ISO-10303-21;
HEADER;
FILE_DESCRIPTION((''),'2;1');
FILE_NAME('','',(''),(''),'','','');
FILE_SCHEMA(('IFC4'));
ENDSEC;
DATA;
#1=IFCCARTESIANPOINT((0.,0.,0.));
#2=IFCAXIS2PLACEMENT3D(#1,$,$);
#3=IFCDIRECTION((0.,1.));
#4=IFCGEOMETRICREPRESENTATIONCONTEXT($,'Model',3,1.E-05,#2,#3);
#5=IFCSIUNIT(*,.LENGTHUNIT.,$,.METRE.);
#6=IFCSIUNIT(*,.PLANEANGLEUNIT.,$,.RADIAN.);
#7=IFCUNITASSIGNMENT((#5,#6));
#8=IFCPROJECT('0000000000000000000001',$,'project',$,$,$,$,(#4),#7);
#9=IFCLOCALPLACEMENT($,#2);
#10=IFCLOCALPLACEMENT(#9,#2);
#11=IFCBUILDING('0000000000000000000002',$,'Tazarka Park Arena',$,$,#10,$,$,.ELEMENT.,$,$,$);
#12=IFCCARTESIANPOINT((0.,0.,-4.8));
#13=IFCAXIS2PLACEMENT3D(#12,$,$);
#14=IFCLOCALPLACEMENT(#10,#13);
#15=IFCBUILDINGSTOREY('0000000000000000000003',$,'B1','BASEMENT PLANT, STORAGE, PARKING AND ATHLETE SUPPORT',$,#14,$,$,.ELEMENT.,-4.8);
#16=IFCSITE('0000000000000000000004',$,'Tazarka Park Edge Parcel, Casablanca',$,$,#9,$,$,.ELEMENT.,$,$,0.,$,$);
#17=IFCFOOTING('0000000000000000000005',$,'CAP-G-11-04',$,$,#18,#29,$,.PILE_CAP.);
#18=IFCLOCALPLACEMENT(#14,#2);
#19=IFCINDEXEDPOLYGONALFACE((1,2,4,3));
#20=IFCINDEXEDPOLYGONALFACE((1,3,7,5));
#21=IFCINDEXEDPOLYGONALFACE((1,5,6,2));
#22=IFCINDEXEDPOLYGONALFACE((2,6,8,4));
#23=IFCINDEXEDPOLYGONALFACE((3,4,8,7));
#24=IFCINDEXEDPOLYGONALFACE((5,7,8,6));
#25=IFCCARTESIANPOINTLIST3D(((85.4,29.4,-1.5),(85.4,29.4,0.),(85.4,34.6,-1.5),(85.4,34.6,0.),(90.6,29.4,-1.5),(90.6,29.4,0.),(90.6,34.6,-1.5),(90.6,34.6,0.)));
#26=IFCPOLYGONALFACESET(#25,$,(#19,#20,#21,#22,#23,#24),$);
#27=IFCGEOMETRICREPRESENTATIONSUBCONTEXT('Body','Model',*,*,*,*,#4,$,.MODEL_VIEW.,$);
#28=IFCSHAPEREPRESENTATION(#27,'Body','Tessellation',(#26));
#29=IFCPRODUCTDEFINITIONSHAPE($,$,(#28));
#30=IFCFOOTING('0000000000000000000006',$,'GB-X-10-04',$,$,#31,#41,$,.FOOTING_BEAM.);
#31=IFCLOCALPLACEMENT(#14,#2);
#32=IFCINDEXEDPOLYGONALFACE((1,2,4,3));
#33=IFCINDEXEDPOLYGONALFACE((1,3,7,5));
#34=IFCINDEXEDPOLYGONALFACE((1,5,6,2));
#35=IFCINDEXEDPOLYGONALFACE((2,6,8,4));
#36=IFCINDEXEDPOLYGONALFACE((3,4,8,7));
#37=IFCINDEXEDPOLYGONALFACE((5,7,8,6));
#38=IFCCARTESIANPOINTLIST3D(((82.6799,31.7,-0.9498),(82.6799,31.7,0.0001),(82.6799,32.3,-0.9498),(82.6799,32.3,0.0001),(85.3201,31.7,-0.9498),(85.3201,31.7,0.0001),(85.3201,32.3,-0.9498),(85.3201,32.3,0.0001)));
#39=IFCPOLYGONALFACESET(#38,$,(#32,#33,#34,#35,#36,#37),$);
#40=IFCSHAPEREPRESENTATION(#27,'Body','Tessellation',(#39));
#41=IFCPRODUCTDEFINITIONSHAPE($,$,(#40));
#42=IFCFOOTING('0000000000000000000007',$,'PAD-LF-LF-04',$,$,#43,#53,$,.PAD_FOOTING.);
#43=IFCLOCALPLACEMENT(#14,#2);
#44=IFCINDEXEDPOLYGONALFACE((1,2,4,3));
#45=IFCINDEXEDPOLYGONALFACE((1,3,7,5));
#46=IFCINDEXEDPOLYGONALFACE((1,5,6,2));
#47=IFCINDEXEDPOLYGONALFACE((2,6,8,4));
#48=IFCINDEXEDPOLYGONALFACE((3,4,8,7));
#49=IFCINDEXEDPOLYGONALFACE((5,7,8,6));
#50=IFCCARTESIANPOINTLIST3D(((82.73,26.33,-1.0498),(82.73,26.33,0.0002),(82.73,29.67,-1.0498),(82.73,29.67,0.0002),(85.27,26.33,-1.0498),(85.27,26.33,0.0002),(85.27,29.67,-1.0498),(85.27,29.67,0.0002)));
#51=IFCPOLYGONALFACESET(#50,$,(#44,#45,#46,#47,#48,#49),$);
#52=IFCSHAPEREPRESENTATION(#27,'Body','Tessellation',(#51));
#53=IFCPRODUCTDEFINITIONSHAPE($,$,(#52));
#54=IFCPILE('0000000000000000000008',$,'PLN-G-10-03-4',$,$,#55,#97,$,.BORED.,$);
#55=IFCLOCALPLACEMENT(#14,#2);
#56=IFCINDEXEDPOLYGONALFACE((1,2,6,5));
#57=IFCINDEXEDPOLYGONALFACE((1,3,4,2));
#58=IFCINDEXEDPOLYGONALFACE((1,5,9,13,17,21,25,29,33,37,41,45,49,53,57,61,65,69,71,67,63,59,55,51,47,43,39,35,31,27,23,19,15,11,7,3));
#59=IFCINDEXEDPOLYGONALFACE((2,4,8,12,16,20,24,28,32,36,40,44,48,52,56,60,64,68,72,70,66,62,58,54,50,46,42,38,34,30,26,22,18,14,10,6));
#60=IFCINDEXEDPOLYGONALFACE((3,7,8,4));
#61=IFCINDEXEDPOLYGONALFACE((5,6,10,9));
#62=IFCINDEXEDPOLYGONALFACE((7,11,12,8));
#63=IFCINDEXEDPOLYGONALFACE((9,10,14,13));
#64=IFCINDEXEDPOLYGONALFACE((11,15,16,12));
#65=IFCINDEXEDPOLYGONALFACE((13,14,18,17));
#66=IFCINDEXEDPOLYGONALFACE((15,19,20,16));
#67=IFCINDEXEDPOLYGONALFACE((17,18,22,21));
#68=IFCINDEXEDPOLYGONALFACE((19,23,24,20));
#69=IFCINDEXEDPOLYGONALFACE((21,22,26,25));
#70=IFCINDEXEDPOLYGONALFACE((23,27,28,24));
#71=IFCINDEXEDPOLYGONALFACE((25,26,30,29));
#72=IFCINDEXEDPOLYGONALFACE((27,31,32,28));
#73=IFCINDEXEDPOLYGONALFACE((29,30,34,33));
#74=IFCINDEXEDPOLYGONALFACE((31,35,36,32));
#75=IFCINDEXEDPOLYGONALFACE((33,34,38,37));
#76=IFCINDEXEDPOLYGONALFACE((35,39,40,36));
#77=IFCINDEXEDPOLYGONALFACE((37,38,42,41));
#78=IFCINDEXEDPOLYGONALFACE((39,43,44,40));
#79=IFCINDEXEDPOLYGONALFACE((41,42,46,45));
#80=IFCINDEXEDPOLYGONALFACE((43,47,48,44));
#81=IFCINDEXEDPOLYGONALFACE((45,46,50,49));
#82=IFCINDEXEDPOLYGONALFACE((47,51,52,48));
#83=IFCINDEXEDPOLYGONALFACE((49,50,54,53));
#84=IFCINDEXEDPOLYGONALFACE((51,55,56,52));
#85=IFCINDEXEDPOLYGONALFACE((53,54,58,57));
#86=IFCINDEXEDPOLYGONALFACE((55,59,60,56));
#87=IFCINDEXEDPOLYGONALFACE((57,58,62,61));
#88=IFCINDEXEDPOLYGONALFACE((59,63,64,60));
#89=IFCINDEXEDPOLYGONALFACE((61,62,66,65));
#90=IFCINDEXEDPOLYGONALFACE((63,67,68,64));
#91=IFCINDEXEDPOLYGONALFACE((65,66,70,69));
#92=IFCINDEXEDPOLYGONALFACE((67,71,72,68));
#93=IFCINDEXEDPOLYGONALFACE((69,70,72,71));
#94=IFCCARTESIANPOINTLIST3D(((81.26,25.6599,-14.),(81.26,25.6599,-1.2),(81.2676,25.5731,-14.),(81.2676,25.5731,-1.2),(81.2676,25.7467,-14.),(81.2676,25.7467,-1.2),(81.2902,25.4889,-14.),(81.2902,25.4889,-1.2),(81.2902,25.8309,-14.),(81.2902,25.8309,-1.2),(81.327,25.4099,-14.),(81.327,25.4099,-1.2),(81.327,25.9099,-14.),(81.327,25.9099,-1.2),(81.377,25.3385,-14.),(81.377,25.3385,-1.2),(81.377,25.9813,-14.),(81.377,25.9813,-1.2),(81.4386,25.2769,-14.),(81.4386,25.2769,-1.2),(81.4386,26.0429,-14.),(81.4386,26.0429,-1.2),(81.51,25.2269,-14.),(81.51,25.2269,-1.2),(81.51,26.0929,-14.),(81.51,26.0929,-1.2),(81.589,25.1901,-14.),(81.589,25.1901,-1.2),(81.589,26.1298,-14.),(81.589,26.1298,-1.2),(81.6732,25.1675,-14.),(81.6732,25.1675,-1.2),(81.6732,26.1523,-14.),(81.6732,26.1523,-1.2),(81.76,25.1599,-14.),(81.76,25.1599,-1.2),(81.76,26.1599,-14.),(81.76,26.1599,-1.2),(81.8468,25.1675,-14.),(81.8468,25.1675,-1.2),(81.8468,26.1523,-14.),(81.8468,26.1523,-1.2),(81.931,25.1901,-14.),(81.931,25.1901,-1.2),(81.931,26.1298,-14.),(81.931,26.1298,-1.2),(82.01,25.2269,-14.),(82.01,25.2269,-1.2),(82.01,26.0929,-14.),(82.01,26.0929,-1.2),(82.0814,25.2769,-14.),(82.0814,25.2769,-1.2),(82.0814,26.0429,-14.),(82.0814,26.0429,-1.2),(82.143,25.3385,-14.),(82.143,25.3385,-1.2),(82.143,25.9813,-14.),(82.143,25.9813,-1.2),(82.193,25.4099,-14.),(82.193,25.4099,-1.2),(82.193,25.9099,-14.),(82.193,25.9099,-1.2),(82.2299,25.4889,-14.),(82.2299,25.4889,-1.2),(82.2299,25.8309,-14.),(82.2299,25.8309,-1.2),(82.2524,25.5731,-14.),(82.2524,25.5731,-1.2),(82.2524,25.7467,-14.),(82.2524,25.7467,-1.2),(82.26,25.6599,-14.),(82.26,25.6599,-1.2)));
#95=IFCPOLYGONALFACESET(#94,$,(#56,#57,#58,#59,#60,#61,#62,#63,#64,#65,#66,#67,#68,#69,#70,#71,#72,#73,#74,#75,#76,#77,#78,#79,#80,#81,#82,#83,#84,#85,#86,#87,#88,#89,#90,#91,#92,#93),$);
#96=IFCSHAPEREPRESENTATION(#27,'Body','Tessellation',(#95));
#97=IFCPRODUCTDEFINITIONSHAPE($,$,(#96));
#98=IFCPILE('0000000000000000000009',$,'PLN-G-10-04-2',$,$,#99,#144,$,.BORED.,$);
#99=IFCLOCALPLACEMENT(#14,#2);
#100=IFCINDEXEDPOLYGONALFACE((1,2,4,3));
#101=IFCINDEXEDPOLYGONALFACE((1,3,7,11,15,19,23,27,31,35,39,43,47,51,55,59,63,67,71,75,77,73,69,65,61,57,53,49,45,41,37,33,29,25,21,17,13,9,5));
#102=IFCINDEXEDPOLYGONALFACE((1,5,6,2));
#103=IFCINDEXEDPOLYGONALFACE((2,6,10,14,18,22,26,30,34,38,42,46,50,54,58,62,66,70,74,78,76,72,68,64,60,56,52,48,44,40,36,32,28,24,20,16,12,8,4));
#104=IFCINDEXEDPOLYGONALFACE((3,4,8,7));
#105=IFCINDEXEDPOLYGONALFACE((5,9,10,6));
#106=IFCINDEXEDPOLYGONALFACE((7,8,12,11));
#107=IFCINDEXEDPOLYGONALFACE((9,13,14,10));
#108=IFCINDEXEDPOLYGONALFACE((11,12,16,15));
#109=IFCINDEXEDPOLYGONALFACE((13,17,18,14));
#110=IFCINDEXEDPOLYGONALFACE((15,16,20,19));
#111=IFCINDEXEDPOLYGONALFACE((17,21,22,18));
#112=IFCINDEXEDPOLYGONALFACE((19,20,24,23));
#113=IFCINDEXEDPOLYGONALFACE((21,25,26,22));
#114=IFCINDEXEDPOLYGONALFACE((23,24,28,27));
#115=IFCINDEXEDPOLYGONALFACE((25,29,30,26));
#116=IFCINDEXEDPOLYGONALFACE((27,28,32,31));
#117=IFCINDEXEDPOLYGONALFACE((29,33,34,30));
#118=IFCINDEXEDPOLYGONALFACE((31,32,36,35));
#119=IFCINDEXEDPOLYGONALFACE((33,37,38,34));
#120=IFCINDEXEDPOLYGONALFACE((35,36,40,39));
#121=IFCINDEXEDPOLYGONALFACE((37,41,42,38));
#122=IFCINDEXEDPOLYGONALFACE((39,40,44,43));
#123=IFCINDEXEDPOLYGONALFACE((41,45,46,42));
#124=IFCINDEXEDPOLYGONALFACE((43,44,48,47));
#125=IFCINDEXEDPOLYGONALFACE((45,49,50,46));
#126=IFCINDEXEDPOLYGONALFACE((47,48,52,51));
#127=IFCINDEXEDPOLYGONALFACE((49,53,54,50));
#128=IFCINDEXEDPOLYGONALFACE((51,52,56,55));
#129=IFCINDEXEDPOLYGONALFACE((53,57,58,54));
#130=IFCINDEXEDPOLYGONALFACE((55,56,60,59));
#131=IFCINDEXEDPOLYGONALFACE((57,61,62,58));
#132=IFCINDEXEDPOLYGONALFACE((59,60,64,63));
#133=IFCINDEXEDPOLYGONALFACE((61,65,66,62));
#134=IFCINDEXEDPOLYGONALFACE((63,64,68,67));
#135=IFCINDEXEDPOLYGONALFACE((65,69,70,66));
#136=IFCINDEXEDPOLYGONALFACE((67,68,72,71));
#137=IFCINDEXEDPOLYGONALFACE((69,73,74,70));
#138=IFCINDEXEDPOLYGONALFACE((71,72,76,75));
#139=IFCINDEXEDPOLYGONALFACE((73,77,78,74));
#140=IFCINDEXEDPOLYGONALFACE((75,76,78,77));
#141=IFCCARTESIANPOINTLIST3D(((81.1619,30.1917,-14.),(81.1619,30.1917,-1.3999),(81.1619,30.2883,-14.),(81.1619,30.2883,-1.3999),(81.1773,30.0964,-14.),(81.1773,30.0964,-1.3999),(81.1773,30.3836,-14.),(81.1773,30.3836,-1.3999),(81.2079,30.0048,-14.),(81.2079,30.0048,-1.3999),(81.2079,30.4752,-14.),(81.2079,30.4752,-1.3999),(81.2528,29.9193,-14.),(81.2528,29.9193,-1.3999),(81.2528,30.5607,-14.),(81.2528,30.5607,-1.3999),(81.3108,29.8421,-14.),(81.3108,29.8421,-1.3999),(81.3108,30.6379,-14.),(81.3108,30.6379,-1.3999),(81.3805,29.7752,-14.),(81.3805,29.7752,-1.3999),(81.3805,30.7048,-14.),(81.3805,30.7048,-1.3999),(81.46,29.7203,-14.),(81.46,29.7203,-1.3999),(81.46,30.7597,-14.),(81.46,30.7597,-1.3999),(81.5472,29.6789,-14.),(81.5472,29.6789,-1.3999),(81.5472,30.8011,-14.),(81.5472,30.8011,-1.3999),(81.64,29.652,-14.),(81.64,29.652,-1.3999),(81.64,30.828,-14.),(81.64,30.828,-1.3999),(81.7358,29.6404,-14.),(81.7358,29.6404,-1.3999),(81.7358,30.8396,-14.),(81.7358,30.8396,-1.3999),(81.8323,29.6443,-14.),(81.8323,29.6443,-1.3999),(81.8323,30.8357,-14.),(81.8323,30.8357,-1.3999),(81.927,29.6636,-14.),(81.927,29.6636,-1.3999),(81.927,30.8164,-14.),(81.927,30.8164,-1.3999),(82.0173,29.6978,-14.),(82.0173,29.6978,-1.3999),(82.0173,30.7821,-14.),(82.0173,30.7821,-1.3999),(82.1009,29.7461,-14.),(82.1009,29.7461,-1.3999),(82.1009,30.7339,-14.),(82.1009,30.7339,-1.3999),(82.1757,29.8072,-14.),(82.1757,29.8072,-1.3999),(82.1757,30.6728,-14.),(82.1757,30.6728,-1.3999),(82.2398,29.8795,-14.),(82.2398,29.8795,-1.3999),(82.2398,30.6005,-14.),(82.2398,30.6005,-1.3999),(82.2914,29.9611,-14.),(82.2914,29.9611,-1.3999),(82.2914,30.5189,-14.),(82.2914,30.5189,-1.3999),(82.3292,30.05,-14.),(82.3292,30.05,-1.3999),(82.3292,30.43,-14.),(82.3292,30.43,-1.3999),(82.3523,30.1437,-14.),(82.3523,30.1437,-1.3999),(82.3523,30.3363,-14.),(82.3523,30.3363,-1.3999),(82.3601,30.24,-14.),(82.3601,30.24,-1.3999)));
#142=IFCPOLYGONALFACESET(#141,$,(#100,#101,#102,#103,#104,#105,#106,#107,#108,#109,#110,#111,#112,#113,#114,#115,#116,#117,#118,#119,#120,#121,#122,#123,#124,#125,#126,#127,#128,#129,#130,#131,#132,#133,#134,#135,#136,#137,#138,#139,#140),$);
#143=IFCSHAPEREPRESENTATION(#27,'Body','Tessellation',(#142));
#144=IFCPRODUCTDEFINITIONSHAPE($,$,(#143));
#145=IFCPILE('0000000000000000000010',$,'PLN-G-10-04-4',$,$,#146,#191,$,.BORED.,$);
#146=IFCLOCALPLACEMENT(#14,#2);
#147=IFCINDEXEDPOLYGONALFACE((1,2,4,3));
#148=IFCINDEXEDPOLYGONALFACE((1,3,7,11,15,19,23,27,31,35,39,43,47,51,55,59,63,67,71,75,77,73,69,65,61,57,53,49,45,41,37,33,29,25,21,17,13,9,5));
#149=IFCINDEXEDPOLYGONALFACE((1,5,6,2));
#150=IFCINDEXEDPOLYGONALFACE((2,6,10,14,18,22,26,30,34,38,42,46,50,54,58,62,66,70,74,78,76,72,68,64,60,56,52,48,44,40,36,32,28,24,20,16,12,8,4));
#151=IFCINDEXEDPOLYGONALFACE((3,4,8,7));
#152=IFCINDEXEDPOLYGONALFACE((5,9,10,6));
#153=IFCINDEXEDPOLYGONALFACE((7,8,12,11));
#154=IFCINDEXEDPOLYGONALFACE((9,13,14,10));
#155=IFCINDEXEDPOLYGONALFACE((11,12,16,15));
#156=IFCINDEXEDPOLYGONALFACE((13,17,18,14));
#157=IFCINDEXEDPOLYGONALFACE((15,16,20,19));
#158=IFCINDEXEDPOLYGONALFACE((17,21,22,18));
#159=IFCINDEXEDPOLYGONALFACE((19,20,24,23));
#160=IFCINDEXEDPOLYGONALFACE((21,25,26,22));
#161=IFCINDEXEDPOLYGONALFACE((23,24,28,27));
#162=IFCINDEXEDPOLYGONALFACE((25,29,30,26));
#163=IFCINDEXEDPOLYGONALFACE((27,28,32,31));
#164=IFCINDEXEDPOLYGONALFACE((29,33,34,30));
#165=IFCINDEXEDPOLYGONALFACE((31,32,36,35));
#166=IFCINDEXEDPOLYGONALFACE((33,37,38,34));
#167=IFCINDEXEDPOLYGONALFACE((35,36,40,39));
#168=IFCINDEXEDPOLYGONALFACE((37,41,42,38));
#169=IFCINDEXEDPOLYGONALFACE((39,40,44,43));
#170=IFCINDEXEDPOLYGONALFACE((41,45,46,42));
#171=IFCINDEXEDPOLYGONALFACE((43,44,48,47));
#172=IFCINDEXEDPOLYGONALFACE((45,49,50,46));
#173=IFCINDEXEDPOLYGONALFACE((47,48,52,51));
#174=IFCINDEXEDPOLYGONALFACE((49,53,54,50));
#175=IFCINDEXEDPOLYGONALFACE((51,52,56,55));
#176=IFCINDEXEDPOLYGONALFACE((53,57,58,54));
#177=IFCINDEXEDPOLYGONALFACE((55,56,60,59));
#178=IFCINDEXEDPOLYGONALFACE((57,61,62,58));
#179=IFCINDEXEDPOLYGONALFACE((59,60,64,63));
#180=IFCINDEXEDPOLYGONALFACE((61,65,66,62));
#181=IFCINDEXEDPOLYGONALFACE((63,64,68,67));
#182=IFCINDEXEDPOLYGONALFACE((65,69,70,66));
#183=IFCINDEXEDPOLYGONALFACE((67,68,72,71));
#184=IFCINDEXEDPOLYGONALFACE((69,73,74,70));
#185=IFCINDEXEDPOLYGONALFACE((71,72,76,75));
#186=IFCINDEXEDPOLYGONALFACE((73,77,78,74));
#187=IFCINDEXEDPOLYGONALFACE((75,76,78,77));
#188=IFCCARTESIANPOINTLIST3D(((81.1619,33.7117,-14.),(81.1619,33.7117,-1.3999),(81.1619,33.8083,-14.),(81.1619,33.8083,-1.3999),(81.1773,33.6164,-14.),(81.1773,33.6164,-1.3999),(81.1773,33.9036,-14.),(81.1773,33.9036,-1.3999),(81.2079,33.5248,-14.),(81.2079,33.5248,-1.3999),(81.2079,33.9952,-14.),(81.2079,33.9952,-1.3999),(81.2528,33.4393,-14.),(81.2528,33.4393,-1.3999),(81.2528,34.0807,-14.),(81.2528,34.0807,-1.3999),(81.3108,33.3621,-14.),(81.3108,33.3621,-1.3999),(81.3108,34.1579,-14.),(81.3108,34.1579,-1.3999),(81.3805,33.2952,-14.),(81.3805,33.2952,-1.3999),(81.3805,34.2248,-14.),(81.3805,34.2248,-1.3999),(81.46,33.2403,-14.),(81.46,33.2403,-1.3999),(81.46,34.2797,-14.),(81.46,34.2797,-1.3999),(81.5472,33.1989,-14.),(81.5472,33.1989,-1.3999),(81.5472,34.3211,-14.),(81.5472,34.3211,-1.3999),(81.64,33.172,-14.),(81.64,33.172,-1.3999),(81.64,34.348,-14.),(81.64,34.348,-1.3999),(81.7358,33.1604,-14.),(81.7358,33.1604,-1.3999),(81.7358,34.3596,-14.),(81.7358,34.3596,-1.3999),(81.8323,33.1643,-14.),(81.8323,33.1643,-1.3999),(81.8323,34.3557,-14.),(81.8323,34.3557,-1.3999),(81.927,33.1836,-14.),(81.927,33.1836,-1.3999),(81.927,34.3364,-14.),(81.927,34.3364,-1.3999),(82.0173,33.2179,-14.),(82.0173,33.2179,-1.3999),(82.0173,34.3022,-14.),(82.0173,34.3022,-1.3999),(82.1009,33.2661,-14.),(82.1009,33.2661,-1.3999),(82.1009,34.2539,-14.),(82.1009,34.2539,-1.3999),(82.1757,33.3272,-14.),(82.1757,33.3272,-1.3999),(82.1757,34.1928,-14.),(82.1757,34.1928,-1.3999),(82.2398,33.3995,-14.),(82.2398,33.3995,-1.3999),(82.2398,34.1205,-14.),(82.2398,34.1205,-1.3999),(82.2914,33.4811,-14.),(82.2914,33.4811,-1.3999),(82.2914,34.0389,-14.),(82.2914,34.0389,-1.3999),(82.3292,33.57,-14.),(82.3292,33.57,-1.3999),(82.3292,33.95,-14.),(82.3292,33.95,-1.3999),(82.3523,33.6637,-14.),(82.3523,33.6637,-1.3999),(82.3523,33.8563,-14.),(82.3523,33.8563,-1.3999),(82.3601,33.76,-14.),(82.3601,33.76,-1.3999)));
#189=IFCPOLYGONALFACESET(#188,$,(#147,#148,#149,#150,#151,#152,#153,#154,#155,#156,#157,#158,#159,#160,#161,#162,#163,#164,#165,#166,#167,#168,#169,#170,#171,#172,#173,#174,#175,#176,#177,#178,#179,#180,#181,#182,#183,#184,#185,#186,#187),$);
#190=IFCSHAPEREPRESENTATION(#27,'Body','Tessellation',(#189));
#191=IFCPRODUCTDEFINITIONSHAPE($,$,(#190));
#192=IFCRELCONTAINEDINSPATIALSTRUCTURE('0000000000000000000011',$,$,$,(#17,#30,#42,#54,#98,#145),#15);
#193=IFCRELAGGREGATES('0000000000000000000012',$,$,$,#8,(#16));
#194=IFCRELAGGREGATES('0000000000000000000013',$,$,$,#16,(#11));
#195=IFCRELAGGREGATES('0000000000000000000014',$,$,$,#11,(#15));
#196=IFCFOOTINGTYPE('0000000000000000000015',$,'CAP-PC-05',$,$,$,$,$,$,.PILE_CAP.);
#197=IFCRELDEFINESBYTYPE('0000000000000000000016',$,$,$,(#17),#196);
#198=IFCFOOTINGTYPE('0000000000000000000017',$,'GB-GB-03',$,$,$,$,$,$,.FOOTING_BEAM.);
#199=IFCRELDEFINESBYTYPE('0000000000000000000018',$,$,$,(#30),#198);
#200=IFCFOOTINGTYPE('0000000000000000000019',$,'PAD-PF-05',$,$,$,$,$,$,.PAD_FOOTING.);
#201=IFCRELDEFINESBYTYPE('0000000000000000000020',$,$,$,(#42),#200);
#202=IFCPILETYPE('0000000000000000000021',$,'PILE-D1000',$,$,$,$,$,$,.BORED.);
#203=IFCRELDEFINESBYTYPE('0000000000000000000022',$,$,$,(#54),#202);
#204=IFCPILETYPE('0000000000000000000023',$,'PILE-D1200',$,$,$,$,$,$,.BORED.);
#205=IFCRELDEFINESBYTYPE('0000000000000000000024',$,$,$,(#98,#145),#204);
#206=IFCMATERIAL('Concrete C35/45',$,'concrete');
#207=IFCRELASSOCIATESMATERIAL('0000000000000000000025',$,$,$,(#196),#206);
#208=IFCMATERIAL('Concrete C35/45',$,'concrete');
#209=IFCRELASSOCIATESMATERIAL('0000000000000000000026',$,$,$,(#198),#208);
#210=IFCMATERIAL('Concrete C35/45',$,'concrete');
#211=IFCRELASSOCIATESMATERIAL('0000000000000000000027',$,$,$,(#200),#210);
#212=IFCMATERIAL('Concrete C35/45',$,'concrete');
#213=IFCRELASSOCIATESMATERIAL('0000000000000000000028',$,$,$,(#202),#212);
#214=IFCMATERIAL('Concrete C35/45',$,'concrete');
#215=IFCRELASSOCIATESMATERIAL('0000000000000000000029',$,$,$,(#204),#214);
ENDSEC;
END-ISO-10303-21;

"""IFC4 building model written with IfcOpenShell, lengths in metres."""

from ifc_helpers import new_model, si_unit, direction, frame, origin, origin_2d, place, context, subcontext, project, spatial, rectangle, circle, extrude, material, material_profile, profile_set, type_object, element, save


model = new_model("IFC4")

# Units and contexts
model_context = context("Model", 3, precision=1e-05, world=origin(), true_north=direction((0.0, 1.0)))
body_context = subcontext(model_context, "Body", "Model", "MODEL_VIEW")
ifc_project = project(units=[si_unit("LENGTHUNIT", "METRE"), si_unit("PLANEANGLEUNIT", "RADIAN")], contexts=[model_context])

# Site, building, storey
site_placement = place(None, origin())
site = spatial("IfcSite", under=ifc_project, at=site_placement, Name="Tazarka Park Edge Parcel, Casablanca", CompositionType="ELEMENT", RefElevation=0.0)
building_placement = place(site_placement, origin())
building = spatial("IfcBuilding", under=site, at=building_placement, Name="Tazarka Park Arena", CompositionType="ELEMENT")
storey_placement = place(building_placement, frame((0.0, 0.0, -4.8)))
storey = spatial("IfcBuildingStorey", under=building, at=storey_placement, Name="B1", Description="BASEMENT PLANT, STORAGE, PARKING AND ATHLETE SUPPORT", CompositionType="ELEMENT", Elevation=-4.8)

# Footings
ifc_material_1 = material(Name="Concrete C35/45", Category="concrete")
footing_type_1 = type_object("IfcFootingType", Name="CAP-PC-05", PredefinedType="PILE_CAP", material=ifc_material_1)
footing_1_placement = place(storey_placement, frame((88.0, 32.0, -1.5), z_axis=(0.0, 0.0, 1.0), x_axis=(1.0, 0.0, 0.0)))
element("IfcFooting", 1, at=footing_1_placement, inside=storey, type_object=footing_type_1, Name="CAP-G-11-04", PredefinedType="PILE_CAP", context=body_context, shape_type="SweptSolid", body=[
    extrude(rectangle(XDim=5.2, YDim=5.2, at=origin_2d()), origin(), (0.0, 0.0, 1.0), 1.5),
])
ifc_material_2 = material(Name="Concrete C35/45", Category="concrete")
ifc_material_profile_1 = material_profile(ifc_material_2, rectangle(XDim=0.6001, YDim=0.95, at=origin_2d()), Name="Concrete C35/45")
ifc_profile_set_1 = profile_set([ifc_material_profile_1], Name="Concrete C35/45")
footing_type_2 = type_object("IfcFootingType", Name="GB-GB-03", PredefinedType="FOOTING_BEAM", material=ifc_profile_set_1)
footing_2_placement = place(storey_placement, frame((82.6799, 32.0, -0.4749), z_axis=(1.0, 0.0, 0.0), x_axis=(0.0, 1.0, 0.0)))
element("IfcFooting", 2, at=footing_2_placement, inside=storey, type_object=footing_type_2, Name="GB-X-10-04", PredefinedType="FOOTING_BEAM", context=body_context, shape_type="SweptSolid", body=[
    extrude(rectangle(XDim=0.6001, YDim=0.95, at=origin_2d()), origin(), (0.0, 0.0, 1.0), 2.6401),
])
ifc_material_3 = material(Name="Concrete C35/45", Category="concrete")
footing_type_3 = type_object("IfcFootingType", Name="PAD-PF-05", PredefinedType="PAD_FOOTING", material=ifc_material_3)
footing_3_placement = place(storey_placement, frame((84.0, 28.0, -1.0498), z_axis=(0.0, 0.0, 1.0), x_axis=(1.0, 0.0, 0.0)))
element("IfcFooting", 3, at=footing_3_placement, inside=storey, type_object=footing_type_3, Name="PAD-LF-LF-04", PredefinedType="PAD_FOOTING", context=body_context, shape_type="SweptSolid", body=[
    extrude(rectangle(XDim=2.54, YDim=3.3401, at=origin_2d()), origin(), (0.0, 0.0, 1.0), 1.05),
])

# Piles
ifc_material_4 = material(Name="Concrete C35/45", Category="concrete")
ifc_material_profile_2 = material_profile(ifc_material_4, circle(Radius=0.5, at=origin_2d()), Name="Concrete C35/45")
ifc_profile_set_2 = profile_set([ifc_material_profile_2], Name="Concrete C35/45")
pile_type_1 = type_object("IfcPileType", Name="PILE-D1000", PredefinedType="BORED", material=ifc_profile_set_2)
pile_1_placement = place(storey_placement, frame((81.76, 25.6599, -1.2), z_axis=(0.0, 0.0, -1.0), x_axis=(1.0, 0.0, 0.0)))
element("IfcPile", 4, at=pile_1_placement, inside=storey, type_object=pile_type_1, Name="PLN-G-10-03-4", PredefinedType="BORED", context=body_context, shape_type="SweptSolid", body=[
    extrude(circle(Radius=0.5, at=origin_2d()), origin(), (0.0, 0.0, 1.0), 12.8),
])
ifc_material_5 = material(Name="Concrete C35/45", Category="concrete")
ifc_material_profile_3 = material_profile(ifc_material_5, circle(Radius=0.6001, at=origin_2d()), Name="Concrete C35/45")
ifc_profile_set_3 = profile_set([ifc_material_profile_3], Name="Concrete C35/45")
pile_type_2 = type_object("IfcPileType", Name="PILE-D1200", PredefinedType="BORED", material=ifc_profile_set_3)
for number, where, z_axis, x_axis, name in (
    (5, (81.76, 30.24, -1.3999), (0.0, 0.0, -1.0), (1.0, 0.0, 0.0), "PLN-G-10-04-2"),
    (6, (81.76, 33.76, -1.3999), (0.0, 0.0, -1.0), (1.0, 0.0, 0.0), "PLN-G-10-04-4"),
):
    element("IfcPile", number, at=place(storey_placement, frame(where, z_axis=z_axis, x_axis=x_axis)), inside=storey, type_object=pile_type_2, Name=name, PredefinedType="BORED", context=body_context, shape_type="SweptSolid", body=[
        extrude(circle(Radius=0.6001, at=origin_2d()), origin(), (0.0, 0.0, 1.0), 12.6001),
    ])

save(model, "model.ifc")
